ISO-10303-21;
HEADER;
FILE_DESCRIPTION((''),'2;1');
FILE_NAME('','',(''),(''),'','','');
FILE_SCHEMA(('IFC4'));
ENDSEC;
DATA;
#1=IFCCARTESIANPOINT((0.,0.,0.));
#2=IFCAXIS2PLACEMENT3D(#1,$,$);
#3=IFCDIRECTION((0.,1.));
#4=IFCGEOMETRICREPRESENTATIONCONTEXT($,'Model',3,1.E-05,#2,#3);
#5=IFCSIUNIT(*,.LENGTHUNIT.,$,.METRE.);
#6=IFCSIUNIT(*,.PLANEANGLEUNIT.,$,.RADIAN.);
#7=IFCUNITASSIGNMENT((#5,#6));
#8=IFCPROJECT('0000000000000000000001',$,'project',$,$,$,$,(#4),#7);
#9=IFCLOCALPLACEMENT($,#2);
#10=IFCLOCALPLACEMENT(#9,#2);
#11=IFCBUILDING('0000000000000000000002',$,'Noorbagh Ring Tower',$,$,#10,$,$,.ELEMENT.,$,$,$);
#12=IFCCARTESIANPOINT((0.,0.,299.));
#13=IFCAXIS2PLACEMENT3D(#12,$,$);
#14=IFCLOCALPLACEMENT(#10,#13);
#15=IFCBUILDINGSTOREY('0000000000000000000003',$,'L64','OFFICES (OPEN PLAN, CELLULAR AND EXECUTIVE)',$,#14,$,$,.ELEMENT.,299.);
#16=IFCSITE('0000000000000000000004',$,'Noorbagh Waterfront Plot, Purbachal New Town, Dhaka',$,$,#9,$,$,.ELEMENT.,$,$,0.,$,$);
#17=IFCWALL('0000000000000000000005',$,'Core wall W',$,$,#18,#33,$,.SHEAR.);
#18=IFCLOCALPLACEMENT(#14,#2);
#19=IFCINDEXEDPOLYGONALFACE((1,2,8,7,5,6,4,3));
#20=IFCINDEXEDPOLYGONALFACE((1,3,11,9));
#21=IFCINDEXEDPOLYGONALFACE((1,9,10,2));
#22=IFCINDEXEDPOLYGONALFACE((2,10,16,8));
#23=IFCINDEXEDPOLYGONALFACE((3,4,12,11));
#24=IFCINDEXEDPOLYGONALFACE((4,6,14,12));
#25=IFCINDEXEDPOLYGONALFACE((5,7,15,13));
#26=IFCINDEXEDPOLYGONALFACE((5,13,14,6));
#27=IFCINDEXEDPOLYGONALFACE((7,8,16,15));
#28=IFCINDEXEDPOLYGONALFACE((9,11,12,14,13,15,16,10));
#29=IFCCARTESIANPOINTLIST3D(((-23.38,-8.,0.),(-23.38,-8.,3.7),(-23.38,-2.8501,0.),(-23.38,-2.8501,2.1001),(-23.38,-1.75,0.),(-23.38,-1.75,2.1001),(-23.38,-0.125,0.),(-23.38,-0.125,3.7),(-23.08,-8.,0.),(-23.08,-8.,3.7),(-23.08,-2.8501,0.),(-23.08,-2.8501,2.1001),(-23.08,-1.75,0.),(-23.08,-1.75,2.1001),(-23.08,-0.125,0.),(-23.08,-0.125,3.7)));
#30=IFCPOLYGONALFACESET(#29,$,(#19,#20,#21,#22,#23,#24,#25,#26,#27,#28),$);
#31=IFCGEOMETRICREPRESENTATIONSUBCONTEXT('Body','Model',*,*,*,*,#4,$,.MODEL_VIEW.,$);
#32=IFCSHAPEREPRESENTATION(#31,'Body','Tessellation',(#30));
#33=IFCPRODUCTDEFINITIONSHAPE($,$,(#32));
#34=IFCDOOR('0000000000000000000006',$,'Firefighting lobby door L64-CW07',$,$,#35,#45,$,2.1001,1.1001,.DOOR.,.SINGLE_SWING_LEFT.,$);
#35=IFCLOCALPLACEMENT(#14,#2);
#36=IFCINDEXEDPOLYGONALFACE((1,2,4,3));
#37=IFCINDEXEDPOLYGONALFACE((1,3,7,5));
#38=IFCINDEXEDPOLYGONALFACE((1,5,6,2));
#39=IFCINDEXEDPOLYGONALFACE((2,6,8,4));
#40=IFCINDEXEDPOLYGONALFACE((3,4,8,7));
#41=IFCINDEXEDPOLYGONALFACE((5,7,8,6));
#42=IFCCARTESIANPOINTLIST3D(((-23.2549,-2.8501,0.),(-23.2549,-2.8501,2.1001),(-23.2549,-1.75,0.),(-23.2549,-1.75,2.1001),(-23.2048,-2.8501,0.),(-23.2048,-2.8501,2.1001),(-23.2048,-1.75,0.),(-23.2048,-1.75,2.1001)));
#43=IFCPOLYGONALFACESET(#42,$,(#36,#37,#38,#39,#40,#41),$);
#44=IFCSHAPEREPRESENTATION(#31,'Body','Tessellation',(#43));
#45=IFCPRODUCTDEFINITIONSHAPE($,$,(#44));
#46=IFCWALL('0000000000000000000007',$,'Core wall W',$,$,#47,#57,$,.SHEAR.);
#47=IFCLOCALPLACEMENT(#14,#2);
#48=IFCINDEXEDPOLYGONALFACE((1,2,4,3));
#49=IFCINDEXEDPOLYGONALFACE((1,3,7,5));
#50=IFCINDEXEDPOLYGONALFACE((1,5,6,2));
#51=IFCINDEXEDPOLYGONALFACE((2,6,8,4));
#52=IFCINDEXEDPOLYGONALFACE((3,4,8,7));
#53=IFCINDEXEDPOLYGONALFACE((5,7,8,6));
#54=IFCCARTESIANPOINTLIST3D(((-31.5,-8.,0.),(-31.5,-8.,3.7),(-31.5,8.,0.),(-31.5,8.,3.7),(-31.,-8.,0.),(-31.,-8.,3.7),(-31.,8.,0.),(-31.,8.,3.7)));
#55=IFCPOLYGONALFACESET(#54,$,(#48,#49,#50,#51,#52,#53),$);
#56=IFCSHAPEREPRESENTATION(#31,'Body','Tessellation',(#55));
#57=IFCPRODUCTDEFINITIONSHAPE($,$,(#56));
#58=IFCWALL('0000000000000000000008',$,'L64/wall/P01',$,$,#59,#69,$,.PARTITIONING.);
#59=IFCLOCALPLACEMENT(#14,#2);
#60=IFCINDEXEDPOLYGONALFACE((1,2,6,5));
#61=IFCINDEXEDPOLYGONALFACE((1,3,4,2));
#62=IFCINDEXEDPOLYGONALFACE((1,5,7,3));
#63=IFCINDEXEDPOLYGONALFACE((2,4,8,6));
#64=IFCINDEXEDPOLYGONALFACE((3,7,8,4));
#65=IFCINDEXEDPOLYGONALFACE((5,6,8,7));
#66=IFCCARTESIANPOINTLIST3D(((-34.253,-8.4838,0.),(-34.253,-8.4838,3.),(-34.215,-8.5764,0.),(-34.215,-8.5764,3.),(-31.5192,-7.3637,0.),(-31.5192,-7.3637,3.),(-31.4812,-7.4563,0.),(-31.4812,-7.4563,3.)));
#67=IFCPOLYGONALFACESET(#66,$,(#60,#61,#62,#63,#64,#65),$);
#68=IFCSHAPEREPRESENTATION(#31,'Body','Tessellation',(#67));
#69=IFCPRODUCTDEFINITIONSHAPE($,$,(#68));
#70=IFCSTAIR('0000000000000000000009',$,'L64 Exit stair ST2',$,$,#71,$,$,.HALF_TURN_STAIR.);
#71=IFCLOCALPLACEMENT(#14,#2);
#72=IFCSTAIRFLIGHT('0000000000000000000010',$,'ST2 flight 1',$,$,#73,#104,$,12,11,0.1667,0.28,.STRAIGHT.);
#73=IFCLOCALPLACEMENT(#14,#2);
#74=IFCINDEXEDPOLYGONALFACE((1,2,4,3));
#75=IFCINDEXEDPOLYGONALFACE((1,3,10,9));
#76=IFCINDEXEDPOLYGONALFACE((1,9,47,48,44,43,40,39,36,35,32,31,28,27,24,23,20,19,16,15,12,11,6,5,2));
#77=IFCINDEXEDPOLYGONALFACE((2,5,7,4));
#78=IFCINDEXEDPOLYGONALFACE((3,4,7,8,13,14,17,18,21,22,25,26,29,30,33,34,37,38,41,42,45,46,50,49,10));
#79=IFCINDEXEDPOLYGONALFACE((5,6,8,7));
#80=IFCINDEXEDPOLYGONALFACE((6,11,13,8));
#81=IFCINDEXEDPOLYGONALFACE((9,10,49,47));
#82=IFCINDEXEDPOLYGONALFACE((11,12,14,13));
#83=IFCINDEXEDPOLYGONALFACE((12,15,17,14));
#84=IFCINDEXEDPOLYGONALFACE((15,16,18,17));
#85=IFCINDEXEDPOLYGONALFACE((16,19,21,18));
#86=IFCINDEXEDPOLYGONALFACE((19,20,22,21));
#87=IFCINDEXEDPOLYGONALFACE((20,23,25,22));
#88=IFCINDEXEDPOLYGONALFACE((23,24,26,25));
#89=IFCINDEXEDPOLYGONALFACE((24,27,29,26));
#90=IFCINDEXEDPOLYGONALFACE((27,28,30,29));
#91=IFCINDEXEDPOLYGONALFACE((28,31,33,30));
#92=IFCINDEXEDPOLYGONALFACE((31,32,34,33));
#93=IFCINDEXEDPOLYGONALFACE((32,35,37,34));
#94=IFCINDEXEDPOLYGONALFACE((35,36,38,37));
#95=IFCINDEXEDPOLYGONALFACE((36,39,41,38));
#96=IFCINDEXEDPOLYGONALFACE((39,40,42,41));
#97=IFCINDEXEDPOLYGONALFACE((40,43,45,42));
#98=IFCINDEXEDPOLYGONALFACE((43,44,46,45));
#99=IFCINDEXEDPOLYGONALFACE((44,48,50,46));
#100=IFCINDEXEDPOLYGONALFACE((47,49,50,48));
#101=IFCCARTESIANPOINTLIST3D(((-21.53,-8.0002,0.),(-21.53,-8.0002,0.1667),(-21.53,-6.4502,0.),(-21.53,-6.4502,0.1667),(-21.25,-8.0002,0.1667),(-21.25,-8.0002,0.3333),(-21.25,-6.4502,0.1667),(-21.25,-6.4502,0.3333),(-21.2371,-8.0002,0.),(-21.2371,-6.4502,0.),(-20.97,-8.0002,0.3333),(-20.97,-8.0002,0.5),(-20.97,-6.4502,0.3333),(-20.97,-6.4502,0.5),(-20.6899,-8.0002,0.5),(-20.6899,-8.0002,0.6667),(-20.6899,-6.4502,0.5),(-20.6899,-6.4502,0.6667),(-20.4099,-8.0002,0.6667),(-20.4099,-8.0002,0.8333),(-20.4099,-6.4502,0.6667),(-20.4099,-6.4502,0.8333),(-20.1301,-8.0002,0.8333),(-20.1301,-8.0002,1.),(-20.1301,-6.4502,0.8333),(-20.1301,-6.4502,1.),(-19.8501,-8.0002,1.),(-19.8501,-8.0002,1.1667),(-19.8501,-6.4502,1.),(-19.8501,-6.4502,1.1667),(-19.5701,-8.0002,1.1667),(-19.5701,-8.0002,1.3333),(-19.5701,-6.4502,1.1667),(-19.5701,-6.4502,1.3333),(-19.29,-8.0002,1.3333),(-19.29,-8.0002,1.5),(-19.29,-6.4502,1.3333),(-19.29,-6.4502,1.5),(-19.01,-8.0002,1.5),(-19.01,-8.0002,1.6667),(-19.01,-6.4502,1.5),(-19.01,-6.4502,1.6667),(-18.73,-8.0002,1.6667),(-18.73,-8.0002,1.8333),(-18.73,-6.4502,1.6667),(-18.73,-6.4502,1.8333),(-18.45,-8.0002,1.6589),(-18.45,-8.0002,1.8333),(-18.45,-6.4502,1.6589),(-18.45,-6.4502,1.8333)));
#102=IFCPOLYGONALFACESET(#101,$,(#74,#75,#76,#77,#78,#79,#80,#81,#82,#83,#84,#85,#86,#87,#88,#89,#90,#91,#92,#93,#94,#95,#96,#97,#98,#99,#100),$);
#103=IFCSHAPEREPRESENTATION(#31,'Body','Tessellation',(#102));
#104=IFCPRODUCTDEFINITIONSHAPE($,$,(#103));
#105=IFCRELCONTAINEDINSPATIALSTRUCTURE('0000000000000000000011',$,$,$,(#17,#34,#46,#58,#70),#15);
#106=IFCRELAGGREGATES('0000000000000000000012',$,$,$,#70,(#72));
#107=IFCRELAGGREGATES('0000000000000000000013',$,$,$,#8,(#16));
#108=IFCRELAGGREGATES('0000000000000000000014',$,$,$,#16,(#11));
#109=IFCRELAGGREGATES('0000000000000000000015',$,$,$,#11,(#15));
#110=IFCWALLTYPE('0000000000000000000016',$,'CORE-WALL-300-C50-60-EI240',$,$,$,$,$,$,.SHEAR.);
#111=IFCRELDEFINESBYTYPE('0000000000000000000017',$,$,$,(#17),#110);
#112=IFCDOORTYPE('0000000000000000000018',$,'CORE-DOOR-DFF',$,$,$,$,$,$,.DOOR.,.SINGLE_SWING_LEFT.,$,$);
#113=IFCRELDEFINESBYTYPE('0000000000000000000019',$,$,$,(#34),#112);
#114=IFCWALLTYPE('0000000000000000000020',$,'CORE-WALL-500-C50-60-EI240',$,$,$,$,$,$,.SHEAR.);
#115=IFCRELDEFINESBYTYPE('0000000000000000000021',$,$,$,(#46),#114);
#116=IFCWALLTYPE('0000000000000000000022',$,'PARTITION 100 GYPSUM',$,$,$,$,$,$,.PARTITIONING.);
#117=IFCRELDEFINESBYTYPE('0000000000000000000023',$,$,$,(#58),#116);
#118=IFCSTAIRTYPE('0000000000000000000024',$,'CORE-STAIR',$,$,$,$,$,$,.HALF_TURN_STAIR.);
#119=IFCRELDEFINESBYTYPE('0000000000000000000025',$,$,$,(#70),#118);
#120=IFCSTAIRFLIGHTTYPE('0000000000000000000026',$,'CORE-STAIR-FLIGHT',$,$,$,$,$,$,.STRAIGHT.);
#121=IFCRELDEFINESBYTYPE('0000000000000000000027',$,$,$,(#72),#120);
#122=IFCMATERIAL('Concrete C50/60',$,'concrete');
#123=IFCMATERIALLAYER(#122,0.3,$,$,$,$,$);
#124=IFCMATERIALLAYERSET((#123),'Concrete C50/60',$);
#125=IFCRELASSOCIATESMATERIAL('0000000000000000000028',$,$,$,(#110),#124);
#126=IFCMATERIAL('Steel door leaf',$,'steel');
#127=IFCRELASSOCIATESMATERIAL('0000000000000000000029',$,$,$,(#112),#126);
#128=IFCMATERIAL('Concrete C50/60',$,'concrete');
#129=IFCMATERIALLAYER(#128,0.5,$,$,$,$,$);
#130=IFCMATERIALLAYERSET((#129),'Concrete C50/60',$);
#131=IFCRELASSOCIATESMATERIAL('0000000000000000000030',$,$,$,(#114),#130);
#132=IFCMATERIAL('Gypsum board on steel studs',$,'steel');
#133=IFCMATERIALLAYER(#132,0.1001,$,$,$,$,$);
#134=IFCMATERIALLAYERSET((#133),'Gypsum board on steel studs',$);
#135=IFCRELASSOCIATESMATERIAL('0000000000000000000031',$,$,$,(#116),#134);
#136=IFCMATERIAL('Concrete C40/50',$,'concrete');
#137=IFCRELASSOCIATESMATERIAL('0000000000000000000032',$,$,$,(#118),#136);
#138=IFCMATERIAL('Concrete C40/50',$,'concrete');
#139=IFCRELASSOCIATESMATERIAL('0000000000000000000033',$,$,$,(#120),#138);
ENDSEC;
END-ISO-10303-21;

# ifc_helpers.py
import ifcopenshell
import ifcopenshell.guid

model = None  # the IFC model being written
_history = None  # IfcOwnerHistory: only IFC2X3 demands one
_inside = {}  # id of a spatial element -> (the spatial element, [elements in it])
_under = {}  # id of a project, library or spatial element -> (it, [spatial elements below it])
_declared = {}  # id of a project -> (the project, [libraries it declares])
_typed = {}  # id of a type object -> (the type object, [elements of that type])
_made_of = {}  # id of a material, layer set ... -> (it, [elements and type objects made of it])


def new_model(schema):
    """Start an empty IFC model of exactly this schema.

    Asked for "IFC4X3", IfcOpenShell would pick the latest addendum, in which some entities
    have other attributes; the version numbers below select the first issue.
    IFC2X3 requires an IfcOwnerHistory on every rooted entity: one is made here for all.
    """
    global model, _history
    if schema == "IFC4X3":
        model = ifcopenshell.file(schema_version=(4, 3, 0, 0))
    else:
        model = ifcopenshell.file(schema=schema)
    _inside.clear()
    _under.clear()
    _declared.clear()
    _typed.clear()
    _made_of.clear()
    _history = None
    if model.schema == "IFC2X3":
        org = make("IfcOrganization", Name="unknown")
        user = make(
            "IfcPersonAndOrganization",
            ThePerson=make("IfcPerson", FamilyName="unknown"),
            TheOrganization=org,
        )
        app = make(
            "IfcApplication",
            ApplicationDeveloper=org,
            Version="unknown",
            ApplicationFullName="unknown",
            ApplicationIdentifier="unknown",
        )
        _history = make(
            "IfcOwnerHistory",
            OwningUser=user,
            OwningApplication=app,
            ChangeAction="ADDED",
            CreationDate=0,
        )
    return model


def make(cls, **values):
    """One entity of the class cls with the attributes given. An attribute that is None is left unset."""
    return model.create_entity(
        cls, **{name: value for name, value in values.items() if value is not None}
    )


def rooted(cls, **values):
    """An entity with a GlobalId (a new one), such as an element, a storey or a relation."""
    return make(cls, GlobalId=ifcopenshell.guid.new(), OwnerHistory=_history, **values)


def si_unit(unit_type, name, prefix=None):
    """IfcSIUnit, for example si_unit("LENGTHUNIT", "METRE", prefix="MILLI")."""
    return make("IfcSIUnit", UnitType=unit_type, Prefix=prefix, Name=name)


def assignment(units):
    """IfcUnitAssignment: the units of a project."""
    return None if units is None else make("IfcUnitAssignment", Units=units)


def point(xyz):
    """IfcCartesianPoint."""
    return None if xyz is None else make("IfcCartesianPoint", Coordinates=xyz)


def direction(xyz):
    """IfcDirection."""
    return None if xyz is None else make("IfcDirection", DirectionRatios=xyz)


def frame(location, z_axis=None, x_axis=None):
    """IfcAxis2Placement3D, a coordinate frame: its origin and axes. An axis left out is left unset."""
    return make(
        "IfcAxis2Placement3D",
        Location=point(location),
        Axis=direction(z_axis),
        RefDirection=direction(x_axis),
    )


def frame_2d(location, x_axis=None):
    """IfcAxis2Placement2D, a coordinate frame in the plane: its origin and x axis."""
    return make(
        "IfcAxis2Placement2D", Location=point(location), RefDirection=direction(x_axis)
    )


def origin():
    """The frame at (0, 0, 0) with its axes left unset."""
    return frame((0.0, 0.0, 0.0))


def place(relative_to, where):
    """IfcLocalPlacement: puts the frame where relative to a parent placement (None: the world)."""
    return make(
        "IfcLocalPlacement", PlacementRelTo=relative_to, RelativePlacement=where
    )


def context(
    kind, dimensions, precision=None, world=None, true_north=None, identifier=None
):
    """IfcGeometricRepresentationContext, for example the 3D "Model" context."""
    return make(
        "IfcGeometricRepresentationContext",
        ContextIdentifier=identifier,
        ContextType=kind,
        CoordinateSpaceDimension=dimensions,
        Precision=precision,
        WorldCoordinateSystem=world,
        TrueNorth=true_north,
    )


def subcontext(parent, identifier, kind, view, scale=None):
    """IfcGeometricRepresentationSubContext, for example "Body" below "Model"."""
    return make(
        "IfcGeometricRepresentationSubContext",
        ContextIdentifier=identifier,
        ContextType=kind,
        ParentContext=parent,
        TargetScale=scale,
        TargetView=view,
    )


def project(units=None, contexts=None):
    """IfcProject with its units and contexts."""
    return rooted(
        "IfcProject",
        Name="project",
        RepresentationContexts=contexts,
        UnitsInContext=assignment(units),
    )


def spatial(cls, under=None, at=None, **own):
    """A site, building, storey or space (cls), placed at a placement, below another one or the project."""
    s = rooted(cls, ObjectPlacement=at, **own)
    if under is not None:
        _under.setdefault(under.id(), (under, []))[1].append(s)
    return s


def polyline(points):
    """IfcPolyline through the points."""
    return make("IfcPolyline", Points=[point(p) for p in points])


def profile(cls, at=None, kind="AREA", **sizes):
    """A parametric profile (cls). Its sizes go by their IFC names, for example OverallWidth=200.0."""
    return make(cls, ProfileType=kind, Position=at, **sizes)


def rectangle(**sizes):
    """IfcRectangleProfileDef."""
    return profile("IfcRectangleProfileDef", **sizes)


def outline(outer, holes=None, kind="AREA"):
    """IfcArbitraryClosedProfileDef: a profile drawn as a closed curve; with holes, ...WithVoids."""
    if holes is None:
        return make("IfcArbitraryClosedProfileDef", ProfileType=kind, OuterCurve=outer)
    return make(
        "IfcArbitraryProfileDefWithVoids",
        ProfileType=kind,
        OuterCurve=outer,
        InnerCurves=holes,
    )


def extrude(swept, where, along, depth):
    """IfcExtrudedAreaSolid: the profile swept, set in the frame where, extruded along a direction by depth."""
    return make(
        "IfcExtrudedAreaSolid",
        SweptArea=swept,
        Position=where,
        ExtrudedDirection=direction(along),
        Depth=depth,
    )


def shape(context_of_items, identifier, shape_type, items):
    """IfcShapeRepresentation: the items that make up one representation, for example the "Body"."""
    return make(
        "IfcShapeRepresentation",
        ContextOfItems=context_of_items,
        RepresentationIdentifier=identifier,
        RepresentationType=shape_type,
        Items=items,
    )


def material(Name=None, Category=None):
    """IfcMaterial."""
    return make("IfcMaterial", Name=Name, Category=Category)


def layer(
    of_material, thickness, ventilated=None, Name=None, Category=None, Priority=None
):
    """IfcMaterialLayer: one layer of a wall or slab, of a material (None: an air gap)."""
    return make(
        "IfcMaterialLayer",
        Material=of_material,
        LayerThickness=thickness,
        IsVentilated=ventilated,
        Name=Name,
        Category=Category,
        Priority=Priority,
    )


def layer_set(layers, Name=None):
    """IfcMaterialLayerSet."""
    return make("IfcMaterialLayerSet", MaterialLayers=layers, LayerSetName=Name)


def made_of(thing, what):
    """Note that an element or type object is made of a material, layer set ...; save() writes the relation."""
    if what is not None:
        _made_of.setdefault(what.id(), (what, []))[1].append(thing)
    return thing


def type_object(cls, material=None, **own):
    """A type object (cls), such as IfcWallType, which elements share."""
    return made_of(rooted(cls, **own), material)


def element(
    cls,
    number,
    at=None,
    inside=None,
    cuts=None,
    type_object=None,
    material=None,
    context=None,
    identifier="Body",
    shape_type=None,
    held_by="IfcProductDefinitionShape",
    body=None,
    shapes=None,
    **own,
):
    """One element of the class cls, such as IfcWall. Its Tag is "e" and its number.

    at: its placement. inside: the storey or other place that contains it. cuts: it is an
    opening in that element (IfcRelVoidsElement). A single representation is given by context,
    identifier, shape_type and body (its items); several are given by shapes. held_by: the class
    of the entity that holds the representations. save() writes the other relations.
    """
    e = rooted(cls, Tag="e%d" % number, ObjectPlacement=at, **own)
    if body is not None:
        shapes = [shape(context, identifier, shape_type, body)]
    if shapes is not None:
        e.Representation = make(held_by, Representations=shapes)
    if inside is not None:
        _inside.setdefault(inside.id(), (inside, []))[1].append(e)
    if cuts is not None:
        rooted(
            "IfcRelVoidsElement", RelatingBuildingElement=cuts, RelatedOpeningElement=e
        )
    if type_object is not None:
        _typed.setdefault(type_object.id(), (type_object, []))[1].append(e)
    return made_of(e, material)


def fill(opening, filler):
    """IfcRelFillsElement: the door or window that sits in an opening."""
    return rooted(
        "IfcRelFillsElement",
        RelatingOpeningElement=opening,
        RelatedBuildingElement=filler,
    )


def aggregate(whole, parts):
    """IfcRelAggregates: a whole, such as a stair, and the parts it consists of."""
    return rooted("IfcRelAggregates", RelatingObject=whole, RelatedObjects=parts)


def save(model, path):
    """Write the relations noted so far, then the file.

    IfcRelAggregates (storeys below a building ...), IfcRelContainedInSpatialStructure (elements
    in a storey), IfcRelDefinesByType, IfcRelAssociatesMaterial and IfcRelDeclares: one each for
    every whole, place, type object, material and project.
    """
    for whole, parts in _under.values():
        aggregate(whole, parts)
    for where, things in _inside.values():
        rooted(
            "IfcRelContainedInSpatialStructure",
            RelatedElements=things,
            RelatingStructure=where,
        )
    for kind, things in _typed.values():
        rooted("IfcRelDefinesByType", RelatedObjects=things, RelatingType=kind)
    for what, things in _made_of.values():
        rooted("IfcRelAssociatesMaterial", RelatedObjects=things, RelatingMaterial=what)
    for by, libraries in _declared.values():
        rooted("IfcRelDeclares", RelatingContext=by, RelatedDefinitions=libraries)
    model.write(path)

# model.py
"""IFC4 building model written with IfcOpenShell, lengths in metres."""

from ifc_helpers import new_model, si_unit, direction, frame, frame_2d, origin, place, context, subcontext, project, spatial, polyline, rectangle, outline, extrude, material, layer, layer_set, type_object, element, fill, aggregate, save


model = new_model("IFC4")

# Units and contexts
model_context = context("Model", 3, precision=1e-05, world=origin(), true_north=direction((0.0, 1.0)))
body_context = subcontext(model_context, "Body", "Model", "MODEL_VIEW")
ifc_project = project(units=[si_unit("LENGTHUNIT", "METRE"), si_unit("PLANEANGLEUNIT", "RADIAN")], contexts=[model_context])

# Site, building, storey
site_placement = place(None, origin())
site = spatial("IfcSite", under=ifc_project, at=site_placement, Name="Noorbagh Waterfront Plot, Purbachal New Town, Dhaka", CompositionType="ELEMENT", RefElevation=0.0)
building_placement = place(site_placement, origin())
building = spatial("IfcBuilding", under=site, at=building_placement, Name="Noorbagh Ring Tower", CompositionType="ELEMENT")
storey_placement = place(building_placement, frame((0.0, 0.0, 299.0)))
storey = spatial("IfcBuildingStorey", under=building, at=storey_placement, Name="L64", Description="OFFICES (OPEN PLAN, CELLULAR AND EXECUTIVE)", CompositionType="ELEMENT", Elevation=299.0)

# Wall, opening, door
ifc_material_1 = material(Name="Concrete C50/60", Category="concrete")
ifc_layer_1 = layer(ifc_material_1, 0.3)
ifc_layer_set_1 = layer_set([ifc_layer_1], Name="Concrete C50/60")
wall_type_1 = type_object("IfcWallType", Name="CORE-WALL-300-C50-60-EI240", PredefinedType="SHEAR", material=ifc_layer_set_1)
wall_1_placement = place(storey_placement, frame((-23.23, -8.0, 0.0), z_axis=(0.0, 0.0, 1.0), x_axis=(0.0, 1.0, 0.0)))
wall_1 = element("IfcWall", 1, at=wall_1_placement, inside=storey, type_object=wall_type_1, Name="Core wall W", PredefinedType="SHEAR", context=body_context, shape_type="SweptSolid", body=[
    extrude(rectangle(XDim=7.875, YDim=0.3, at=frame_2d((3.9375, 0.0))), origin(), (0.0, 0.0, 1.0), 3.7),
])
opening_1_placement = place(wall_1_placement, frame((5.1499, 0.0, 0.0)))
opening_1 = element("IfcOpeningElement", 2, at=opening_1_placement, cuts=wall_1, PredefinedType="OPENING", context=body_context, shape_type="SweptSolid", body=[
    extrude(rectangle(XDim=1.1001, YDim=2.1001, at=frame_2d((0.55, 1.05))), frame((0.0, 0.1602, 0.0), z_axis=(0.0, -1.0, 0.0), x_axis=(1.0, 0.0, 0.0)), (0.0, 0.0, 1.0), 0.3201),
])
ifc_material_2 = material(Name="Steel door leaf", Category="steel")
door_type_1 = type_object("IfcDoorType", Name="CORE-DOOR-DFF", OperationType="SINGLE_SWING_LEFT", PredefinedType="DOOR", material=ifc_material_2)
door_1_placement = place(opening_1_placement, origin())
door_1 = element("IfcDoor", 3, at=door_1_placement, inside=storey, type_object=door_type_1, Name="Firefighting lobby door L64-CW07", OperationType="SINGLE_SWING_LEFT", OverallHeight=2.1001, OverallWidth=1.1001, PredefinedType="DOOR", context=body_context, shape_type="SweptSolid", body=[
    extrude(rectangle(XDim=1.1001, YDim=2.1001, at=frame_2d((0.55, 1.05))), frame((0.0, 0.0249, 0.0), z_axis=(0.0, -1.0, 0.0), x_axis=(1.0, 0.0, 0.0)), (0.0, 0.0, 1.0), 0.05),
])
fill(opening_1, door_1)

# Walls
ifc_material_3 = material(Name="Concrete C50/60", Category="concrete")
ifc_layer_2 = layer(ifc_material_3, 0.5)
ifc_layer_set_2 = layer_set([ifc_layer_2], Name="Concrete C50/60")
wall_type_2 = type_object("IfcWallType", Name="CORE-WALL-500-C50-60-EI240", PredefinedType="SHEAR", material=ifc_layer_set_2)
wall_2_placement = place(storey_placement, frame((-31.25, -8.0, 0.0), z_axis=(0.0, 0.0, 1.0), x_axis=(0.0, 1.0, 0.0)))
element("IfcWall", 4, at=wall_2_placement, inside=storey, type_object=wall_type_2, Name="Core wall W", PredefinedType="SHEAR", context=body_context, shape_type="SweptSolid", body=[
    extrude(rectangle(XDim=16.0, YDim=0.5, at=frame_2d((8.0, 0.0))), origin(), (0.0, 0.0, 1.0), 3.7),
])
ifc_material_4 = material(Name="Gypsum board on steel studs", Category="steel")
ifc_layer_3 = layer(ifc_material_4, 0.1001)
ifc_layer_set_3 = layer_set([ifc_layer_3], Name="Gypsum board on steel studs")
wall_type_3 = type_object("IfcWallType", Name="PARTITION 100 GYPSUM", PredefinedType="PARTITIONING", material=ifc_layer_set_3)
wall_3_placement = place(storey_placement, frame((-34.2339, -8.53, 0.0), z_axis=(0.0, 0.0, 1.0), x_axis=(0.925344, 0.379128, 0.0)))
element("IfcWall", 5, at=wall_3_placement, inside=storey, type_object=wall_type_3, Name="L64/wall/P01", PredefinedType="PARTITIONING", context=body_context, shape_type="SweptSolid", body=[
    extrude(rectangle(XDim=2.9543, YDim=0.1001, at=frame_2d((1.4771, 0.0))), origin(), (0.0, 0.0, 1.0), 3.0),
])

# Stair, stair flight
ifc_material_5 = material(Name="Concrete C40/50", Category="concrete")
stair_type = type_object("IfcStairType", Name="CORE-STAIR", PredefinedType="HALF_TURN_STAIR", material=ifc_material_5)
stair_placement = place(storey_placement, origin())
stair = element("IfcStair", 6, at=stair_placement, inside=storey, type_object=stair_type, Name="L64 Exit stair ST2", PredefinedType="HALF_TURN_STAIR")
ifc_material_6 = material(Name="Concrete C40/50", Category="concrete")
stair_flight_type = type_object("IfcStairFlightType", Name="CORE-STAIR-FLIGHT", PredefinedType="STRAIGHT", material=ifc_material_6)
stair_flight_placement = place(storey_placement, frame((-21.53, -7.2251, 0.0), z_axis=(0.0, 0.0, 1.0), x_axis=(1.0, 0.0, 0.0)))
stair_flight = element("IfcStairFlight", 7, at=stair_flight_placement, type_object=stair_flight_type, Name="ST2 flight 1", NumberOfRisers=12, NumberOfTreads=11, PredefinedType="STRAIGHT", RiserHeight=0.1667, TreadLength=0.28, context=body_context, shape_type="SweptSolid", body=[
    extrude(outline(polyline([(0.0, 0.0), (0.0, 0.1667), (0.28, 0.1667), (0.28, 0.3333), (0.5601, 0.3333), (0.5601, 0.5), (0.8401, 0.5), (0.8401, 0.6667), (1.1201, 0.6667), (1.1201, 0.8333), (1.3999, 0.8333), (1.3999, 1.0), (1.6799, 1.0), (1.6799, 1.1667), (1.96, 1.1667), (1.96, 1.3333), (2.24, 1.3333), (2.24, 1.5), (2.52, 1.5), (2.52, 1.6667), (2.8, 1.6667), (2.8, 1.8333), (3.0801, 1.8333), (3.0801, 2.0), (3.0801, 1.6589), (0.293, 0.0), (0.0, 0.0)])), frame((0.0, 0.7749, 0.0), z_axis=(0.0, -1.0, 0.0), x_axis=(1.0, 0.0, 0.0)), (0.0, 0.0, 1.0), 1.55),
])
aggregate(stair, [stair_flight])

save(model, "model.ifc")
